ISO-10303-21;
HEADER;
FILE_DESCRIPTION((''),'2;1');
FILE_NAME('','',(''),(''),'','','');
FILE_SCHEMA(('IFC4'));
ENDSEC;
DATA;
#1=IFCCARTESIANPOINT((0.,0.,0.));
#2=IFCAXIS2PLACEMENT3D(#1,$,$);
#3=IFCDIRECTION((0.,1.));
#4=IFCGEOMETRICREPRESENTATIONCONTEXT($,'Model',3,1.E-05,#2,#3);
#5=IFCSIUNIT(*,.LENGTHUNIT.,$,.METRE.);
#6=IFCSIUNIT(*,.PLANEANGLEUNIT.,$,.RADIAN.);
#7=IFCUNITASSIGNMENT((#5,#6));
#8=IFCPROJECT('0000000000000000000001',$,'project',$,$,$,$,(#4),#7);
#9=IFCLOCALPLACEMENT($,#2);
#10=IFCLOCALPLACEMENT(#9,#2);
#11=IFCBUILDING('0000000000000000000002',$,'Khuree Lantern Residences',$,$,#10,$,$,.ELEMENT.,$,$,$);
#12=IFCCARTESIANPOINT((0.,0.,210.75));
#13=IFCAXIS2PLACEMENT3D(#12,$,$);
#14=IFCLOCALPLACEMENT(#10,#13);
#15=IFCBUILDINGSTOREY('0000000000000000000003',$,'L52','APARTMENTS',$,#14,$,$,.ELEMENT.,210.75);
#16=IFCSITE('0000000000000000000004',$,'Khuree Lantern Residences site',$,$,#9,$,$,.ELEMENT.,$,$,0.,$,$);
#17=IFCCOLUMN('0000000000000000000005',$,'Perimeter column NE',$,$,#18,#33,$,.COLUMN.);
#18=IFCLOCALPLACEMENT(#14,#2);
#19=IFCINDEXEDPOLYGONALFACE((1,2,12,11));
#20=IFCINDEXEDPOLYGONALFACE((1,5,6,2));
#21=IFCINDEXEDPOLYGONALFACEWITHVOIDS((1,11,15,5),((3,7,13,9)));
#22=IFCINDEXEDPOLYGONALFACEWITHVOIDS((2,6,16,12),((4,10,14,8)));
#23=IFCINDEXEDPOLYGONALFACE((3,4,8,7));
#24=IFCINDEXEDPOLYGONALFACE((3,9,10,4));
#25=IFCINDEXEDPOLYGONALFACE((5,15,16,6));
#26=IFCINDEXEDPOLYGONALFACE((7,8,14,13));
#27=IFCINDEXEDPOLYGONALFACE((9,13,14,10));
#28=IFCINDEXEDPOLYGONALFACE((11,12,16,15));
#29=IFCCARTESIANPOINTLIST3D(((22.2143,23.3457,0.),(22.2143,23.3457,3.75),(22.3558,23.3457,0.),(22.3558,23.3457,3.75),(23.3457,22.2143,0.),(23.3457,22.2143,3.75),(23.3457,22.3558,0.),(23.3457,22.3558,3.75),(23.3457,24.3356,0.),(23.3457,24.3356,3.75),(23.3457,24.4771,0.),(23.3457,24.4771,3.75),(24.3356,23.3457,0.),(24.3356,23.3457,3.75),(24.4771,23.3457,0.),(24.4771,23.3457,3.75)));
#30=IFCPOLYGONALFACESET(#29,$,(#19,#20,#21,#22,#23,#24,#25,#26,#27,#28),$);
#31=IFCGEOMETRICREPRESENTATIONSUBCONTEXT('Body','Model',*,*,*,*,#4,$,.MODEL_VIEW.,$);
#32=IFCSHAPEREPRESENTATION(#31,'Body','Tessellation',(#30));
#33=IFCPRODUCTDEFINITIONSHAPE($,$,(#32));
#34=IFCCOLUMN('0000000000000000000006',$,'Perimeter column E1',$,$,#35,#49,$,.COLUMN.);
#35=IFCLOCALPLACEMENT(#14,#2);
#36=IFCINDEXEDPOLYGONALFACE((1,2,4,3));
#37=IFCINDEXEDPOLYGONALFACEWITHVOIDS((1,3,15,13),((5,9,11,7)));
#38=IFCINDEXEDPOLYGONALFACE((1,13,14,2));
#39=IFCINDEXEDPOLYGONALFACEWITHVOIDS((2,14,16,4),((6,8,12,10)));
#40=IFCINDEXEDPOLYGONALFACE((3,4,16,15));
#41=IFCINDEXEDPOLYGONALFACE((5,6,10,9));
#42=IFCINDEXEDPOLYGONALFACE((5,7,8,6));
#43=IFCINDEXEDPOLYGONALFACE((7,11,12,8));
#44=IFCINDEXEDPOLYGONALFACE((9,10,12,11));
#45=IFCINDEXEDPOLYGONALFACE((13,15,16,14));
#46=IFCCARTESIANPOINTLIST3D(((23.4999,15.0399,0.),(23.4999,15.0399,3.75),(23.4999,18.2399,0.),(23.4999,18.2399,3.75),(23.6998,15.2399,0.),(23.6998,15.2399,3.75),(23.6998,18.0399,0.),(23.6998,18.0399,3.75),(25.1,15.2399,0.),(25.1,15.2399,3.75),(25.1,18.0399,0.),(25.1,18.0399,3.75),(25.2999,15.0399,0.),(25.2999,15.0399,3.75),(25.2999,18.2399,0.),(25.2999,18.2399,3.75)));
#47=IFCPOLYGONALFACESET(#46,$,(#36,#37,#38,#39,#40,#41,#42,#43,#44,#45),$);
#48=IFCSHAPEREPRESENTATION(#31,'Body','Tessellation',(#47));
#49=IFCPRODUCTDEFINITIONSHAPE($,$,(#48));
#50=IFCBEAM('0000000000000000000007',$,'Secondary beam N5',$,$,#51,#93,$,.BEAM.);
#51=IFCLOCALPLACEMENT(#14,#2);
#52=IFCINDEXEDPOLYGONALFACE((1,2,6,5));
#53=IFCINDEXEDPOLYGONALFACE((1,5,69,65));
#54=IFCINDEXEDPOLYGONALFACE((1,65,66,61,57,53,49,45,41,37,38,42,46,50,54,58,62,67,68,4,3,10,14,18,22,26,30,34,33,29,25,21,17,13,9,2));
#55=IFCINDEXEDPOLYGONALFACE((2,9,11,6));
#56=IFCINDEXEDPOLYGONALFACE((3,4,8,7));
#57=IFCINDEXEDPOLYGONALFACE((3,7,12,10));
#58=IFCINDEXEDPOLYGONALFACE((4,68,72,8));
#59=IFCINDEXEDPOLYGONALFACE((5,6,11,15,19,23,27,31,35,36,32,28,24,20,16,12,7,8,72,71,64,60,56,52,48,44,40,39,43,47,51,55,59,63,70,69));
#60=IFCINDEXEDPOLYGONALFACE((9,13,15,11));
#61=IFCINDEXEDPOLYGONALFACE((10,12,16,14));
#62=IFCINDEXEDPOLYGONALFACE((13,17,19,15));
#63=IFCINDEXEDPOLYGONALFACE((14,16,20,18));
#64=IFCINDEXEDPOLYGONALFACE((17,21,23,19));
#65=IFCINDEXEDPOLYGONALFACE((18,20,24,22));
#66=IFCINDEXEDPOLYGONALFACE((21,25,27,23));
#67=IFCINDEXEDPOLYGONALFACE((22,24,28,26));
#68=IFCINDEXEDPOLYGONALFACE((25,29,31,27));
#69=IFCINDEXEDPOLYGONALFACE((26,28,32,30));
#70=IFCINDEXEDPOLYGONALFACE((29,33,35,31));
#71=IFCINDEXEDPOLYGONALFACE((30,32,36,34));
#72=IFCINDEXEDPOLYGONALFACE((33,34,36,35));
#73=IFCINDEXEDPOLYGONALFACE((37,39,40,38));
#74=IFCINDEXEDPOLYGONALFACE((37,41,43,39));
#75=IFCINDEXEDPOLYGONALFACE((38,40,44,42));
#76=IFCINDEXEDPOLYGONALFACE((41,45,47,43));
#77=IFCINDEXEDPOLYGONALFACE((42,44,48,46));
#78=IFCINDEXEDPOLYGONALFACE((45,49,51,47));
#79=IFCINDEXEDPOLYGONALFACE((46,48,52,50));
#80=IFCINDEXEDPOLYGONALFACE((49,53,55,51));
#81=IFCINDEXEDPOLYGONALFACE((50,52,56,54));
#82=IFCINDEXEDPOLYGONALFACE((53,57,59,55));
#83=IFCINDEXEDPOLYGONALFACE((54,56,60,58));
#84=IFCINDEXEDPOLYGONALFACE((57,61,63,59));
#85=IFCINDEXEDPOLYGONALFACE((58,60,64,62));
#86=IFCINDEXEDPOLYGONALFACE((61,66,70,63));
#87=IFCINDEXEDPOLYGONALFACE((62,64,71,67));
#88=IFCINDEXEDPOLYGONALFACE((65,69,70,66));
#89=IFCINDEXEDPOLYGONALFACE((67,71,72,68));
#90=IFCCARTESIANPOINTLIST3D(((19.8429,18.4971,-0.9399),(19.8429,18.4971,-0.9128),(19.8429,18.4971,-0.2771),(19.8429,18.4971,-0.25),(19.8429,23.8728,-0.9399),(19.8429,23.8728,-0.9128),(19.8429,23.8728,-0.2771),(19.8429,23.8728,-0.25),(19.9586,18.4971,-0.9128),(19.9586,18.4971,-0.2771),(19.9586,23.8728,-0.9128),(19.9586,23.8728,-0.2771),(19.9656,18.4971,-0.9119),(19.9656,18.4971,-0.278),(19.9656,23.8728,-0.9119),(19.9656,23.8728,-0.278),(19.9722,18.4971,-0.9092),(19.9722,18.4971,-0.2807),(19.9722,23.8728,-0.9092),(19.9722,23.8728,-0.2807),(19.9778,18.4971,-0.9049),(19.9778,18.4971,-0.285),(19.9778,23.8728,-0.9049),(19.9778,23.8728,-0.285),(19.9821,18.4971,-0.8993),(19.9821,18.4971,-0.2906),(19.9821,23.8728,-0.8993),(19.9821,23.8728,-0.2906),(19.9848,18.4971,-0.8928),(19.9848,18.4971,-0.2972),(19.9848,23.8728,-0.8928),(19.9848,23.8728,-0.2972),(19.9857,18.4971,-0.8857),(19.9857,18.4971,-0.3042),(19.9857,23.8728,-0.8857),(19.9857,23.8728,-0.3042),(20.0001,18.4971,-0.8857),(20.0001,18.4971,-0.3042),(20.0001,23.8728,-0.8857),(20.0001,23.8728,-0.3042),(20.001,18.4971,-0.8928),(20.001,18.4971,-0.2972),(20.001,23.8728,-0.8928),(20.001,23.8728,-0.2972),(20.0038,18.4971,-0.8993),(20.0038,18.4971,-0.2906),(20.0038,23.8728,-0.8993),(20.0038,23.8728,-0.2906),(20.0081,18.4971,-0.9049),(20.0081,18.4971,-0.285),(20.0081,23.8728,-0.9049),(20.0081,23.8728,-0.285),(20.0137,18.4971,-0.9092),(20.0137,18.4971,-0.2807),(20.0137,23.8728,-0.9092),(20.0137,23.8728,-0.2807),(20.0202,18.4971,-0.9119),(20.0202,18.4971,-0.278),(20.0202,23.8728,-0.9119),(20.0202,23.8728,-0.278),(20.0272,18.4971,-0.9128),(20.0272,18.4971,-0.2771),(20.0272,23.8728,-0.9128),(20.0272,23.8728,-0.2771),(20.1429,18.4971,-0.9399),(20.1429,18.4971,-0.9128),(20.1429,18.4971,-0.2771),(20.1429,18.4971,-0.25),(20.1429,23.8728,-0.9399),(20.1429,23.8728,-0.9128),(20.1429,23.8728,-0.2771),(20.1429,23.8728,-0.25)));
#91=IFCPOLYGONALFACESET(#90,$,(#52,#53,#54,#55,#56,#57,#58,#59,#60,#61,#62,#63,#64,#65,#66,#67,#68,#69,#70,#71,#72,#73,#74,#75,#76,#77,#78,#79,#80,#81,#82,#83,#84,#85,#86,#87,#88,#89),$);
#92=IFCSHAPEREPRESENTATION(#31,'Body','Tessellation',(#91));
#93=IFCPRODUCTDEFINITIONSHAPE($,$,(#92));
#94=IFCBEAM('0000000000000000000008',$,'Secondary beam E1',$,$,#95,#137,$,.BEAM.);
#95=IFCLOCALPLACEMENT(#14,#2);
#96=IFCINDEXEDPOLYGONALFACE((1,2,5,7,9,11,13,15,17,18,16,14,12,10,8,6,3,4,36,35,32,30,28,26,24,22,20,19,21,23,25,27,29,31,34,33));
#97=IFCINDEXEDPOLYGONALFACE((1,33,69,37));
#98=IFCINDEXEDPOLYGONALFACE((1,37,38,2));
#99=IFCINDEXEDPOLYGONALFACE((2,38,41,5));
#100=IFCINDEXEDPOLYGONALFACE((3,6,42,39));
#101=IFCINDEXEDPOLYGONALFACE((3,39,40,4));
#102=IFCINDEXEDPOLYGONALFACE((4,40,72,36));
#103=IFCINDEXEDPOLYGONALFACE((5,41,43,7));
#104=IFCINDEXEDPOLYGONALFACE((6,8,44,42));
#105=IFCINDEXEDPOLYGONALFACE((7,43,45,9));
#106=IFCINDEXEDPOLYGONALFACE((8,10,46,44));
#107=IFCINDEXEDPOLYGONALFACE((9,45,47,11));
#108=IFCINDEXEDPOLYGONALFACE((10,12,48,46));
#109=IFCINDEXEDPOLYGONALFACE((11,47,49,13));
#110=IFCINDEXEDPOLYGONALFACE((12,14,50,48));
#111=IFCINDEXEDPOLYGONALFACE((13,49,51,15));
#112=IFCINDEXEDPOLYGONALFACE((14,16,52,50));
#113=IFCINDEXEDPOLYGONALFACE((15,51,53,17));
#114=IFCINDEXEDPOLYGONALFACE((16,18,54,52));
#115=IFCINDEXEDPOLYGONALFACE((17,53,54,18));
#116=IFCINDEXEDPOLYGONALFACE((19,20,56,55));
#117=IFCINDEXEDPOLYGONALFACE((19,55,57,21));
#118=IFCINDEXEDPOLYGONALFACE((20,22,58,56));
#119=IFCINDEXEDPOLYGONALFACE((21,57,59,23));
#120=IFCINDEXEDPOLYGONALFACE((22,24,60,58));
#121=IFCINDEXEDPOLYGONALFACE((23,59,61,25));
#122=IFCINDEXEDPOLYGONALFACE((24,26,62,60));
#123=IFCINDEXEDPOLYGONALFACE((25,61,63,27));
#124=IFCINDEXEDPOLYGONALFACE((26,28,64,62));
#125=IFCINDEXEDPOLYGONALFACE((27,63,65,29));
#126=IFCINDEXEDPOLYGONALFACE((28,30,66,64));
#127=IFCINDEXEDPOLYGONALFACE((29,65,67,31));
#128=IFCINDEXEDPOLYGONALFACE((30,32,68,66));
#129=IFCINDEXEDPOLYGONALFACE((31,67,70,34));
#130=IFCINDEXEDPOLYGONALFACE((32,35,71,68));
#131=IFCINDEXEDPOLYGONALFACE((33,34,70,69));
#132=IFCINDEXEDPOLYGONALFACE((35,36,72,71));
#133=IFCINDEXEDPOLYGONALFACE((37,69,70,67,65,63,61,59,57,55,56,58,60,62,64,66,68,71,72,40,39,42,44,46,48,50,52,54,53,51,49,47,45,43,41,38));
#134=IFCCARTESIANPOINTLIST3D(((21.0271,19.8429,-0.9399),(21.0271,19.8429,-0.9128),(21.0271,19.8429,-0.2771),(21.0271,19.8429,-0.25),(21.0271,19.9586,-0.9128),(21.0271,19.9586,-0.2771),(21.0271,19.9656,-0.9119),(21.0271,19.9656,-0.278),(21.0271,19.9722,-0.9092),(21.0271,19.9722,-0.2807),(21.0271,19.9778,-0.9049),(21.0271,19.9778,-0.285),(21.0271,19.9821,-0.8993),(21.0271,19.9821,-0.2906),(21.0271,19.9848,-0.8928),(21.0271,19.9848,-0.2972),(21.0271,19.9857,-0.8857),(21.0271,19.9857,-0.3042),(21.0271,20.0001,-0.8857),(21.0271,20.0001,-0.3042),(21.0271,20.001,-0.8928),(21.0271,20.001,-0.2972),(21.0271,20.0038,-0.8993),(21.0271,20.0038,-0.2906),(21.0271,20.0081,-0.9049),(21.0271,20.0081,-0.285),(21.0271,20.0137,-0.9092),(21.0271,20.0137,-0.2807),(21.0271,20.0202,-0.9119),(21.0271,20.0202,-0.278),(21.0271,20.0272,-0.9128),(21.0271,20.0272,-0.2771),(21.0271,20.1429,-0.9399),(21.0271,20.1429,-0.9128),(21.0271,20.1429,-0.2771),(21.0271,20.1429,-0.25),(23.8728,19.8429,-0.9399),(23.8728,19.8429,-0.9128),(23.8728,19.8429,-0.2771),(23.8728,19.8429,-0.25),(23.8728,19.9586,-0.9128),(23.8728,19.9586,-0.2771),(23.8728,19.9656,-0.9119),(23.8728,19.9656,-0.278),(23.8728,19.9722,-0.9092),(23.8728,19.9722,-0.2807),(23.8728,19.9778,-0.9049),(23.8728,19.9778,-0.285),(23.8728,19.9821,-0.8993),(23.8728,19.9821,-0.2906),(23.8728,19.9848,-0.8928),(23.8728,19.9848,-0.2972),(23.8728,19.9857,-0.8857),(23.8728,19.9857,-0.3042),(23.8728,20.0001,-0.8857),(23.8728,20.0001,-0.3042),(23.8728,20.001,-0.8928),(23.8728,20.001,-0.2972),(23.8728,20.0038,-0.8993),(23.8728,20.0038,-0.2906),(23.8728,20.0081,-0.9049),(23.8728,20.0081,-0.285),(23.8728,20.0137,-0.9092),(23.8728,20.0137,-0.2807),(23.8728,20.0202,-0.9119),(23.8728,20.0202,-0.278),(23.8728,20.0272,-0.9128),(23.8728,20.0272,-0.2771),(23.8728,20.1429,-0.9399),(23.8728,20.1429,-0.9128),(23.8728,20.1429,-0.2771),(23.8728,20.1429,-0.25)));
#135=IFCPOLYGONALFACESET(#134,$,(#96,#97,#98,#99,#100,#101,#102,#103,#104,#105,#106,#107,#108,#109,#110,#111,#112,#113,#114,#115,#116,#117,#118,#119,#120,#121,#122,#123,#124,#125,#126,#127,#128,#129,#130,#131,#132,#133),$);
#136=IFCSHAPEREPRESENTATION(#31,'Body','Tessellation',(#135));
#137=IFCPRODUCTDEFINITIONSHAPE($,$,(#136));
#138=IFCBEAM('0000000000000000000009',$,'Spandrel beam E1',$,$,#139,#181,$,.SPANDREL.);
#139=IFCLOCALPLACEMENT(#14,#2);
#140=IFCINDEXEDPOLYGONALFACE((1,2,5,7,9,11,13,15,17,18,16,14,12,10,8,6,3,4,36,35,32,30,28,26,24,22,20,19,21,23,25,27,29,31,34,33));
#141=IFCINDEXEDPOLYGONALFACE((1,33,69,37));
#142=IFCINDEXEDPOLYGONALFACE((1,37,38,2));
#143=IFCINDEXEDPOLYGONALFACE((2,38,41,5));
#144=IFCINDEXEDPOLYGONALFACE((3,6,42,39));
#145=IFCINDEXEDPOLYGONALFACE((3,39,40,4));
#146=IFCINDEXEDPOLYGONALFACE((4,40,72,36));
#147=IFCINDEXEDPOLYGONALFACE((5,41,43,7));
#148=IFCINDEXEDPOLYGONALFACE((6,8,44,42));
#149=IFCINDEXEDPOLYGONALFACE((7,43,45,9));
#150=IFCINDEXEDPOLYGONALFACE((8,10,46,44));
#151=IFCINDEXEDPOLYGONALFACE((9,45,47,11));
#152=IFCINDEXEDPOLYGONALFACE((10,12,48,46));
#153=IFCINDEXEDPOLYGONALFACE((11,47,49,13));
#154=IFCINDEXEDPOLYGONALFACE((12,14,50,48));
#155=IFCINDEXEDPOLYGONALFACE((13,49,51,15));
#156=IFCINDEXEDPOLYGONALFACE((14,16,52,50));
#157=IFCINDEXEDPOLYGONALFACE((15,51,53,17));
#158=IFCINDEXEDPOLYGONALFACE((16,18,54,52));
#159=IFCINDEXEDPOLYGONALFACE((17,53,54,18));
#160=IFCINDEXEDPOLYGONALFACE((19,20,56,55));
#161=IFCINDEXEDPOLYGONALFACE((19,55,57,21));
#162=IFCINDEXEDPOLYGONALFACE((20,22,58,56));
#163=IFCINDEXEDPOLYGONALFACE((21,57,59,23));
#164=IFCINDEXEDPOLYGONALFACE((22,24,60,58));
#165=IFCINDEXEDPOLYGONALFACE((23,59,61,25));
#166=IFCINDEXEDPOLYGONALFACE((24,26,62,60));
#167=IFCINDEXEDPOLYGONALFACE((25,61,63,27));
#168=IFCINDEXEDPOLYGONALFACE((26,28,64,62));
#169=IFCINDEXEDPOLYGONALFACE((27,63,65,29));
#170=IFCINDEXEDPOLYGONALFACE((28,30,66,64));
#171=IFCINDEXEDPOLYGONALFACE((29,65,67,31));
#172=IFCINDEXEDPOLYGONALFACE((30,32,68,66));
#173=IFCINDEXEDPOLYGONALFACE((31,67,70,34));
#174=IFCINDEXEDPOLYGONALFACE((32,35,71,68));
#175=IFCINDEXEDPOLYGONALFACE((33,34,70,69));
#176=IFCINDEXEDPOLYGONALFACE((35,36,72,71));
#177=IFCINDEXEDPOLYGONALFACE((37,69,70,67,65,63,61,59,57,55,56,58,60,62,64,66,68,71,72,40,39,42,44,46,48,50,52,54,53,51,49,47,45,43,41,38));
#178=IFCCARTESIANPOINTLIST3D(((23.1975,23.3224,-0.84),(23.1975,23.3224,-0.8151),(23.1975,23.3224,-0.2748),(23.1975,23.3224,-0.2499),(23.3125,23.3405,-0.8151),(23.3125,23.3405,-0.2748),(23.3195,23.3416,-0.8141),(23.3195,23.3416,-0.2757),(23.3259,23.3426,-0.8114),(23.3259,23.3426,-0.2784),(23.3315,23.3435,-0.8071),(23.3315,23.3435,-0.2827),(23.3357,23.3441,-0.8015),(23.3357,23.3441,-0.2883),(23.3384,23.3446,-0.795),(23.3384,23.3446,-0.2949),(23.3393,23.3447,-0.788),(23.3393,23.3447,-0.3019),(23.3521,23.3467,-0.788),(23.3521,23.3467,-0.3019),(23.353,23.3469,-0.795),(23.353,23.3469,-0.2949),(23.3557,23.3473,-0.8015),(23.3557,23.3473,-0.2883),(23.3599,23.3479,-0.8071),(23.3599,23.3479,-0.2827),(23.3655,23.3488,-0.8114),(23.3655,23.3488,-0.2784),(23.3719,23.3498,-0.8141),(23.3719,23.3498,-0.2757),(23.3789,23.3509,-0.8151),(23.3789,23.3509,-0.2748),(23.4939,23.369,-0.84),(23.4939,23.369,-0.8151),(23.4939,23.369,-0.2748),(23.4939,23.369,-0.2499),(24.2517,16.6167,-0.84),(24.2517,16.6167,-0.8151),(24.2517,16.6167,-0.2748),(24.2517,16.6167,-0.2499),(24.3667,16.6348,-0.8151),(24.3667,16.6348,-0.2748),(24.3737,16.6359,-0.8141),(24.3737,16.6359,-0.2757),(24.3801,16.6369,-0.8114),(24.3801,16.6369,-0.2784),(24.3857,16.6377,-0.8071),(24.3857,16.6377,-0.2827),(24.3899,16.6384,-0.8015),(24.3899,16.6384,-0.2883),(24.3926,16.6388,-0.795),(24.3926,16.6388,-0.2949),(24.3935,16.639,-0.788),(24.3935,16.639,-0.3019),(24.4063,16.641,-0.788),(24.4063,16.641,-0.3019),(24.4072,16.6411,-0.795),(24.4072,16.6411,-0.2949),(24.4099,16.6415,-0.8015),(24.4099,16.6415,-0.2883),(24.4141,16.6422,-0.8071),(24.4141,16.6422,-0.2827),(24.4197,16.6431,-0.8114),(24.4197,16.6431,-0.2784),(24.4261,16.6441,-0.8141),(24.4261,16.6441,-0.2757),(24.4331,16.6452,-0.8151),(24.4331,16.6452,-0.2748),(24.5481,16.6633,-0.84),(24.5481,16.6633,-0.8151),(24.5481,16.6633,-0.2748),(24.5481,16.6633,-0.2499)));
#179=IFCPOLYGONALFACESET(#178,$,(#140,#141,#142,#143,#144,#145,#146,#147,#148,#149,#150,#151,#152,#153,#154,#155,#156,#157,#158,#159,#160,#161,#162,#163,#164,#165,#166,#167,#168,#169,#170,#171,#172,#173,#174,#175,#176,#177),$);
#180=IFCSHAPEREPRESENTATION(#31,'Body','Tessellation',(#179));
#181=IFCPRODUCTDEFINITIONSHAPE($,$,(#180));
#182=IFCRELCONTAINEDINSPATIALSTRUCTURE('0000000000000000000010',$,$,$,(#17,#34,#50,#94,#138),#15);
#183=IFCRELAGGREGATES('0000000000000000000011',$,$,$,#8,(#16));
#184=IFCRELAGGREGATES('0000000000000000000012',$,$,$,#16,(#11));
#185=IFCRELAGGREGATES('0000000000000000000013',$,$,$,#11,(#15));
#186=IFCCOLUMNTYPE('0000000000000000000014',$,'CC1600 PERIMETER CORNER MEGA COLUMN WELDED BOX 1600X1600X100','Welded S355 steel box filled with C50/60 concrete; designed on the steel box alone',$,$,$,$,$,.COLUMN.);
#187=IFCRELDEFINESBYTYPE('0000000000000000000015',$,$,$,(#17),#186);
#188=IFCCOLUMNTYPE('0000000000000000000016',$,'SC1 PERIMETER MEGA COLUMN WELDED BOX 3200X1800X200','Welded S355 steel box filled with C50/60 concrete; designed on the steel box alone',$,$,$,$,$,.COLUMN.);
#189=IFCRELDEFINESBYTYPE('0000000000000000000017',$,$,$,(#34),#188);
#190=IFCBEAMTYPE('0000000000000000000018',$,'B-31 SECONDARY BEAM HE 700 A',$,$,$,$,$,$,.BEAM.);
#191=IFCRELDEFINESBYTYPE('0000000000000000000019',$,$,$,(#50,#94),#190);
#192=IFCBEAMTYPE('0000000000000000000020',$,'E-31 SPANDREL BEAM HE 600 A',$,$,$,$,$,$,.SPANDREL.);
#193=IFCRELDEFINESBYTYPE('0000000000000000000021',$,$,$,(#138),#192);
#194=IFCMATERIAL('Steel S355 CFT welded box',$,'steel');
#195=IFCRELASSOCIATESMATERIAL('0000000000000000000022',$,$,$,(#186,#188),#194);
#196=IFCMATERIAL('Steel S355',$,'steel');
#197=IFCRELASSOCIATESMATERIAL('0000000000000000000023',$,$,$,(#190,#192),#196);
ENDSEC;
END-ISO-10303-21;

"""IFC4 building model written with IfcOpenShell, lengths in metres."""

from ifc_helpers import new_model, si_unit, direction, frame, origin, origin_2d, place, context, subcontext, project, spatial, hollow_rectangle, i_section, extrude, material, material_profile, profile_set, type_object, element, save


model = new_model("IFC4")

# Units and contexts
model_context = context("Model", 3, precision=1e-05, world=origin(), true_north=direction((0.0, 1.0)))
body_context = subcontext(model_context, "Body", "Model", "MODEL_VIEW")
ifc_project = project(units=[si_unit("LENGTHUNIT", "METRE"), si_unit("PLANEANGLEUNIT", "RADIAN")], contexts=[model_context])

# Site, building, storey
site_placement = place(None, origin())
site = spatial("IfcSite", under=ifc_project, at=site_placement, Name="Khuree Lantern Residences site", CompositionType="ELEMENT", RefElevation=0.0)
building_placement = place(site_placement, origin())
building = spatial("IfcBuilding", under=site, at=building_placement, Name="Khuree Lantern Residences", CompositionType="ELEMENT")
storey_placement = place(building_placement, frame((0.0, 0.0, 210.75)))
storey = spatial("IfcBuildingStorey", under=building, at=storey_placement, Name="L52", Description="APARTMENTS", CompositionType="ELEMENT", Elevation=210.75)

# Columns
ifc_material_1 = material(Name="Steel S355 CFT welded box", Category="steel")
ifc_material_profile_1 = material_profile(ifc_material_1, hollow_rectangle(XDim=1.6001, YDim=1.6001, WallThickness=0.1001, at=origin_2d()), Name="WELDED BOX 1600X1600X100")
ifc_profile_set_1 = profile_set([ifc_material_profile_1], Name="Steel S355 CFT welded box")
column_type_1 = type_object("IfcColumnType", Name="CC1600 PERIMETER CORNER MEGA COLUMN WELDED BOX 1600X1600X100", Description="Welded S355 steel box filled with C50/60 concrete; designed on the steel box alone", PredefinedType="COLUMN", material=ifc_profile_set_1)
column_1_placement = place(storey_placement, frame((23.3457, 23.3457, 0.0), z_axis=(0.0, 0.0, 1.0), x_axis=(0.707107, -0.707107, 0.0)))
element("IfcColumn", 1, at=column_1_placement, inside=storey, type_object=column_type_1, Name="Perimeter column NE", PredefinedType="COLUMN", context=body_context, shape_type="SweptSolid", body=[
    extrude(hollow_rectangle(XDim=1.6001, YDim=1.6001, WallThickness=0.1001, at=origin_2d()), origin(), (0.0, 0.0, 1.0), 3.75),
])
ifc_material_profile_2 = material_profile(ifc_material_1, hollow_rectangle(XDim=3.2, YDim=1.8, WallThickness=0.2, at=origin_2d()), Name="WELDED BOX 3200X1800X200")
ifc_profile_set_2 = profile_set([ifc_material_profile_2], Name="Steel S355 CFT welded box")
column_type_2 = type_object("IfcColumnType", Name="SC1 PERIMETER MEGA COLUMN WELDED BOX 3200X1800X200", Description="Welded S355 steel box filled with C50/60 concrete; designed on the steel box alone", PredefinedType="COLUMN", material=ifc_profile_set_2)
column_2_placement = place(storey_placement, frame((24.3999, 16.6399, 0.0), z_axis=(0.0, 0.0, 1.0), x_axis=(0.0, 1.0, 0.0)))
element("IfcColumn", 2, at=column_2_placement, inside=storey, type_object=column_type_2, Name="Perimeter column E1", PredefinedType="COLUMN", context=body_context, shape_type="SweptSolid", body=[
    extrude(hollow_rectangle(XDim=3.2, YDim=1.8, WallThickness=0.2, at=origin_2d()), origin(), (0.0, 0.0, 1.0), 3.75),
])

# Beams
ifc_material_2 = material(Name="Steel S355", Category="steel")
ifc_material_profile_3 = material_profile(ifc_material_2, i_section(OverallWidth=0.3, OverallDepth=0.6899, WebThickness=0.0144, FlangeThickness=0.0271, FilletRadius=0.0271, at=origin_2d()), Name="HE 700 A")
ifc_profile_set_3 = profile_set([ifc_material_profile_3], Name="Steel S355")
beam_type_1 = type_object("IfcBeamType", Name="B-31 SECONDARY BEAM HE 700 A", PredefinedType="BEAM", material=ifc_profile_set_3)
beam_1_placement = place(storey_placement, frame((19.9929, 23.8728, -0.595), z_axis=(0.0, -1.0, 0.0), x_axis=(1.0, 0.0, 0.0)))
element("IfcBeam", 3, at=beam_1_placement, inside=storey, type_object=beam_type_1, Name="Secondary beam N5", PredefinedType="BEAM", context=body_context, shape_type="SweptSolid", body=[
    extrude(i_section(OverallWidth=0.3, OverallDepth=0.6899, WebThickness=0.0144, FlangeThickness=0.0271, FilletRadius=0.0271, at=origin_2d()), origin(), (0.0, 0.0, 1.0), 5.3757),
])
beam_2_placement = place(storey_placement, frame((23.8728, 19.9929, -0.595), z_axis=(-1.0, 0.0, 0.0), x_axis=(0.0, -1.0, 0.0)))
element("IfcBeam", 4, at=beam_2_placement, inside=storey, type_object=beam_type_1, Name="Secondary beam E1", PredefinedType="BEAM", context=body_context, shape_type="SweptSolid", body=[
    extrude(i_section(OverallWidth=0.3, OverallDepth=0.6899, WebThickness=0.0144, FlangeThickness=0.0271, FilletRadius=0.0271, at=origin_2d()), origin(), (0.0, 0.0, 1.0), 2.8457),
])
ifc_material_profile_4 = material_profile(ifc_material_2, i_section(OverallWidth=0.3, OverallDepth=0.5901, WebThickness=0.0129, FlangeThickness=0.0249, FilletRadius=0.0271, at=origin_2d()), Name="HE 600 A")
ifc_profile_set_4 = profile_set([ifc_material_profile_4], Name="Steel S355")
beam_type_2 = type_object("IfcBeamType", Name="E-31 SPANDREL BEAM HE 600 A", PredefinedType="SPANDREL", material=ifc_profile_set_4)
beam_3_placement = place(storey_placement, frame((23.3457, 23.3457, -0.5449), z_axis=(0.1553, -0.987867, 0.0), x_axis=(0.987867, 0.1553, 0.0)))
element("IfcBeam", 5, at=beam_3_placement, inside=storey, type_object=beam_type_2, Name="Spandrel beam E1", PredefinedType="SPANDREL", context=body_context, shape_type="SweptSolid", body=[
    extrude(i_section(OverallWidth=0.3, OverallDepth=0.5901, WebThickness=0.0129, FlangeThickness=0.0249, FilletRadius=0.0271, at=origin_2d()), origin(), (0.0, 0.0, 1.0), 6.7881),
])

save(model, "model.ifc")
